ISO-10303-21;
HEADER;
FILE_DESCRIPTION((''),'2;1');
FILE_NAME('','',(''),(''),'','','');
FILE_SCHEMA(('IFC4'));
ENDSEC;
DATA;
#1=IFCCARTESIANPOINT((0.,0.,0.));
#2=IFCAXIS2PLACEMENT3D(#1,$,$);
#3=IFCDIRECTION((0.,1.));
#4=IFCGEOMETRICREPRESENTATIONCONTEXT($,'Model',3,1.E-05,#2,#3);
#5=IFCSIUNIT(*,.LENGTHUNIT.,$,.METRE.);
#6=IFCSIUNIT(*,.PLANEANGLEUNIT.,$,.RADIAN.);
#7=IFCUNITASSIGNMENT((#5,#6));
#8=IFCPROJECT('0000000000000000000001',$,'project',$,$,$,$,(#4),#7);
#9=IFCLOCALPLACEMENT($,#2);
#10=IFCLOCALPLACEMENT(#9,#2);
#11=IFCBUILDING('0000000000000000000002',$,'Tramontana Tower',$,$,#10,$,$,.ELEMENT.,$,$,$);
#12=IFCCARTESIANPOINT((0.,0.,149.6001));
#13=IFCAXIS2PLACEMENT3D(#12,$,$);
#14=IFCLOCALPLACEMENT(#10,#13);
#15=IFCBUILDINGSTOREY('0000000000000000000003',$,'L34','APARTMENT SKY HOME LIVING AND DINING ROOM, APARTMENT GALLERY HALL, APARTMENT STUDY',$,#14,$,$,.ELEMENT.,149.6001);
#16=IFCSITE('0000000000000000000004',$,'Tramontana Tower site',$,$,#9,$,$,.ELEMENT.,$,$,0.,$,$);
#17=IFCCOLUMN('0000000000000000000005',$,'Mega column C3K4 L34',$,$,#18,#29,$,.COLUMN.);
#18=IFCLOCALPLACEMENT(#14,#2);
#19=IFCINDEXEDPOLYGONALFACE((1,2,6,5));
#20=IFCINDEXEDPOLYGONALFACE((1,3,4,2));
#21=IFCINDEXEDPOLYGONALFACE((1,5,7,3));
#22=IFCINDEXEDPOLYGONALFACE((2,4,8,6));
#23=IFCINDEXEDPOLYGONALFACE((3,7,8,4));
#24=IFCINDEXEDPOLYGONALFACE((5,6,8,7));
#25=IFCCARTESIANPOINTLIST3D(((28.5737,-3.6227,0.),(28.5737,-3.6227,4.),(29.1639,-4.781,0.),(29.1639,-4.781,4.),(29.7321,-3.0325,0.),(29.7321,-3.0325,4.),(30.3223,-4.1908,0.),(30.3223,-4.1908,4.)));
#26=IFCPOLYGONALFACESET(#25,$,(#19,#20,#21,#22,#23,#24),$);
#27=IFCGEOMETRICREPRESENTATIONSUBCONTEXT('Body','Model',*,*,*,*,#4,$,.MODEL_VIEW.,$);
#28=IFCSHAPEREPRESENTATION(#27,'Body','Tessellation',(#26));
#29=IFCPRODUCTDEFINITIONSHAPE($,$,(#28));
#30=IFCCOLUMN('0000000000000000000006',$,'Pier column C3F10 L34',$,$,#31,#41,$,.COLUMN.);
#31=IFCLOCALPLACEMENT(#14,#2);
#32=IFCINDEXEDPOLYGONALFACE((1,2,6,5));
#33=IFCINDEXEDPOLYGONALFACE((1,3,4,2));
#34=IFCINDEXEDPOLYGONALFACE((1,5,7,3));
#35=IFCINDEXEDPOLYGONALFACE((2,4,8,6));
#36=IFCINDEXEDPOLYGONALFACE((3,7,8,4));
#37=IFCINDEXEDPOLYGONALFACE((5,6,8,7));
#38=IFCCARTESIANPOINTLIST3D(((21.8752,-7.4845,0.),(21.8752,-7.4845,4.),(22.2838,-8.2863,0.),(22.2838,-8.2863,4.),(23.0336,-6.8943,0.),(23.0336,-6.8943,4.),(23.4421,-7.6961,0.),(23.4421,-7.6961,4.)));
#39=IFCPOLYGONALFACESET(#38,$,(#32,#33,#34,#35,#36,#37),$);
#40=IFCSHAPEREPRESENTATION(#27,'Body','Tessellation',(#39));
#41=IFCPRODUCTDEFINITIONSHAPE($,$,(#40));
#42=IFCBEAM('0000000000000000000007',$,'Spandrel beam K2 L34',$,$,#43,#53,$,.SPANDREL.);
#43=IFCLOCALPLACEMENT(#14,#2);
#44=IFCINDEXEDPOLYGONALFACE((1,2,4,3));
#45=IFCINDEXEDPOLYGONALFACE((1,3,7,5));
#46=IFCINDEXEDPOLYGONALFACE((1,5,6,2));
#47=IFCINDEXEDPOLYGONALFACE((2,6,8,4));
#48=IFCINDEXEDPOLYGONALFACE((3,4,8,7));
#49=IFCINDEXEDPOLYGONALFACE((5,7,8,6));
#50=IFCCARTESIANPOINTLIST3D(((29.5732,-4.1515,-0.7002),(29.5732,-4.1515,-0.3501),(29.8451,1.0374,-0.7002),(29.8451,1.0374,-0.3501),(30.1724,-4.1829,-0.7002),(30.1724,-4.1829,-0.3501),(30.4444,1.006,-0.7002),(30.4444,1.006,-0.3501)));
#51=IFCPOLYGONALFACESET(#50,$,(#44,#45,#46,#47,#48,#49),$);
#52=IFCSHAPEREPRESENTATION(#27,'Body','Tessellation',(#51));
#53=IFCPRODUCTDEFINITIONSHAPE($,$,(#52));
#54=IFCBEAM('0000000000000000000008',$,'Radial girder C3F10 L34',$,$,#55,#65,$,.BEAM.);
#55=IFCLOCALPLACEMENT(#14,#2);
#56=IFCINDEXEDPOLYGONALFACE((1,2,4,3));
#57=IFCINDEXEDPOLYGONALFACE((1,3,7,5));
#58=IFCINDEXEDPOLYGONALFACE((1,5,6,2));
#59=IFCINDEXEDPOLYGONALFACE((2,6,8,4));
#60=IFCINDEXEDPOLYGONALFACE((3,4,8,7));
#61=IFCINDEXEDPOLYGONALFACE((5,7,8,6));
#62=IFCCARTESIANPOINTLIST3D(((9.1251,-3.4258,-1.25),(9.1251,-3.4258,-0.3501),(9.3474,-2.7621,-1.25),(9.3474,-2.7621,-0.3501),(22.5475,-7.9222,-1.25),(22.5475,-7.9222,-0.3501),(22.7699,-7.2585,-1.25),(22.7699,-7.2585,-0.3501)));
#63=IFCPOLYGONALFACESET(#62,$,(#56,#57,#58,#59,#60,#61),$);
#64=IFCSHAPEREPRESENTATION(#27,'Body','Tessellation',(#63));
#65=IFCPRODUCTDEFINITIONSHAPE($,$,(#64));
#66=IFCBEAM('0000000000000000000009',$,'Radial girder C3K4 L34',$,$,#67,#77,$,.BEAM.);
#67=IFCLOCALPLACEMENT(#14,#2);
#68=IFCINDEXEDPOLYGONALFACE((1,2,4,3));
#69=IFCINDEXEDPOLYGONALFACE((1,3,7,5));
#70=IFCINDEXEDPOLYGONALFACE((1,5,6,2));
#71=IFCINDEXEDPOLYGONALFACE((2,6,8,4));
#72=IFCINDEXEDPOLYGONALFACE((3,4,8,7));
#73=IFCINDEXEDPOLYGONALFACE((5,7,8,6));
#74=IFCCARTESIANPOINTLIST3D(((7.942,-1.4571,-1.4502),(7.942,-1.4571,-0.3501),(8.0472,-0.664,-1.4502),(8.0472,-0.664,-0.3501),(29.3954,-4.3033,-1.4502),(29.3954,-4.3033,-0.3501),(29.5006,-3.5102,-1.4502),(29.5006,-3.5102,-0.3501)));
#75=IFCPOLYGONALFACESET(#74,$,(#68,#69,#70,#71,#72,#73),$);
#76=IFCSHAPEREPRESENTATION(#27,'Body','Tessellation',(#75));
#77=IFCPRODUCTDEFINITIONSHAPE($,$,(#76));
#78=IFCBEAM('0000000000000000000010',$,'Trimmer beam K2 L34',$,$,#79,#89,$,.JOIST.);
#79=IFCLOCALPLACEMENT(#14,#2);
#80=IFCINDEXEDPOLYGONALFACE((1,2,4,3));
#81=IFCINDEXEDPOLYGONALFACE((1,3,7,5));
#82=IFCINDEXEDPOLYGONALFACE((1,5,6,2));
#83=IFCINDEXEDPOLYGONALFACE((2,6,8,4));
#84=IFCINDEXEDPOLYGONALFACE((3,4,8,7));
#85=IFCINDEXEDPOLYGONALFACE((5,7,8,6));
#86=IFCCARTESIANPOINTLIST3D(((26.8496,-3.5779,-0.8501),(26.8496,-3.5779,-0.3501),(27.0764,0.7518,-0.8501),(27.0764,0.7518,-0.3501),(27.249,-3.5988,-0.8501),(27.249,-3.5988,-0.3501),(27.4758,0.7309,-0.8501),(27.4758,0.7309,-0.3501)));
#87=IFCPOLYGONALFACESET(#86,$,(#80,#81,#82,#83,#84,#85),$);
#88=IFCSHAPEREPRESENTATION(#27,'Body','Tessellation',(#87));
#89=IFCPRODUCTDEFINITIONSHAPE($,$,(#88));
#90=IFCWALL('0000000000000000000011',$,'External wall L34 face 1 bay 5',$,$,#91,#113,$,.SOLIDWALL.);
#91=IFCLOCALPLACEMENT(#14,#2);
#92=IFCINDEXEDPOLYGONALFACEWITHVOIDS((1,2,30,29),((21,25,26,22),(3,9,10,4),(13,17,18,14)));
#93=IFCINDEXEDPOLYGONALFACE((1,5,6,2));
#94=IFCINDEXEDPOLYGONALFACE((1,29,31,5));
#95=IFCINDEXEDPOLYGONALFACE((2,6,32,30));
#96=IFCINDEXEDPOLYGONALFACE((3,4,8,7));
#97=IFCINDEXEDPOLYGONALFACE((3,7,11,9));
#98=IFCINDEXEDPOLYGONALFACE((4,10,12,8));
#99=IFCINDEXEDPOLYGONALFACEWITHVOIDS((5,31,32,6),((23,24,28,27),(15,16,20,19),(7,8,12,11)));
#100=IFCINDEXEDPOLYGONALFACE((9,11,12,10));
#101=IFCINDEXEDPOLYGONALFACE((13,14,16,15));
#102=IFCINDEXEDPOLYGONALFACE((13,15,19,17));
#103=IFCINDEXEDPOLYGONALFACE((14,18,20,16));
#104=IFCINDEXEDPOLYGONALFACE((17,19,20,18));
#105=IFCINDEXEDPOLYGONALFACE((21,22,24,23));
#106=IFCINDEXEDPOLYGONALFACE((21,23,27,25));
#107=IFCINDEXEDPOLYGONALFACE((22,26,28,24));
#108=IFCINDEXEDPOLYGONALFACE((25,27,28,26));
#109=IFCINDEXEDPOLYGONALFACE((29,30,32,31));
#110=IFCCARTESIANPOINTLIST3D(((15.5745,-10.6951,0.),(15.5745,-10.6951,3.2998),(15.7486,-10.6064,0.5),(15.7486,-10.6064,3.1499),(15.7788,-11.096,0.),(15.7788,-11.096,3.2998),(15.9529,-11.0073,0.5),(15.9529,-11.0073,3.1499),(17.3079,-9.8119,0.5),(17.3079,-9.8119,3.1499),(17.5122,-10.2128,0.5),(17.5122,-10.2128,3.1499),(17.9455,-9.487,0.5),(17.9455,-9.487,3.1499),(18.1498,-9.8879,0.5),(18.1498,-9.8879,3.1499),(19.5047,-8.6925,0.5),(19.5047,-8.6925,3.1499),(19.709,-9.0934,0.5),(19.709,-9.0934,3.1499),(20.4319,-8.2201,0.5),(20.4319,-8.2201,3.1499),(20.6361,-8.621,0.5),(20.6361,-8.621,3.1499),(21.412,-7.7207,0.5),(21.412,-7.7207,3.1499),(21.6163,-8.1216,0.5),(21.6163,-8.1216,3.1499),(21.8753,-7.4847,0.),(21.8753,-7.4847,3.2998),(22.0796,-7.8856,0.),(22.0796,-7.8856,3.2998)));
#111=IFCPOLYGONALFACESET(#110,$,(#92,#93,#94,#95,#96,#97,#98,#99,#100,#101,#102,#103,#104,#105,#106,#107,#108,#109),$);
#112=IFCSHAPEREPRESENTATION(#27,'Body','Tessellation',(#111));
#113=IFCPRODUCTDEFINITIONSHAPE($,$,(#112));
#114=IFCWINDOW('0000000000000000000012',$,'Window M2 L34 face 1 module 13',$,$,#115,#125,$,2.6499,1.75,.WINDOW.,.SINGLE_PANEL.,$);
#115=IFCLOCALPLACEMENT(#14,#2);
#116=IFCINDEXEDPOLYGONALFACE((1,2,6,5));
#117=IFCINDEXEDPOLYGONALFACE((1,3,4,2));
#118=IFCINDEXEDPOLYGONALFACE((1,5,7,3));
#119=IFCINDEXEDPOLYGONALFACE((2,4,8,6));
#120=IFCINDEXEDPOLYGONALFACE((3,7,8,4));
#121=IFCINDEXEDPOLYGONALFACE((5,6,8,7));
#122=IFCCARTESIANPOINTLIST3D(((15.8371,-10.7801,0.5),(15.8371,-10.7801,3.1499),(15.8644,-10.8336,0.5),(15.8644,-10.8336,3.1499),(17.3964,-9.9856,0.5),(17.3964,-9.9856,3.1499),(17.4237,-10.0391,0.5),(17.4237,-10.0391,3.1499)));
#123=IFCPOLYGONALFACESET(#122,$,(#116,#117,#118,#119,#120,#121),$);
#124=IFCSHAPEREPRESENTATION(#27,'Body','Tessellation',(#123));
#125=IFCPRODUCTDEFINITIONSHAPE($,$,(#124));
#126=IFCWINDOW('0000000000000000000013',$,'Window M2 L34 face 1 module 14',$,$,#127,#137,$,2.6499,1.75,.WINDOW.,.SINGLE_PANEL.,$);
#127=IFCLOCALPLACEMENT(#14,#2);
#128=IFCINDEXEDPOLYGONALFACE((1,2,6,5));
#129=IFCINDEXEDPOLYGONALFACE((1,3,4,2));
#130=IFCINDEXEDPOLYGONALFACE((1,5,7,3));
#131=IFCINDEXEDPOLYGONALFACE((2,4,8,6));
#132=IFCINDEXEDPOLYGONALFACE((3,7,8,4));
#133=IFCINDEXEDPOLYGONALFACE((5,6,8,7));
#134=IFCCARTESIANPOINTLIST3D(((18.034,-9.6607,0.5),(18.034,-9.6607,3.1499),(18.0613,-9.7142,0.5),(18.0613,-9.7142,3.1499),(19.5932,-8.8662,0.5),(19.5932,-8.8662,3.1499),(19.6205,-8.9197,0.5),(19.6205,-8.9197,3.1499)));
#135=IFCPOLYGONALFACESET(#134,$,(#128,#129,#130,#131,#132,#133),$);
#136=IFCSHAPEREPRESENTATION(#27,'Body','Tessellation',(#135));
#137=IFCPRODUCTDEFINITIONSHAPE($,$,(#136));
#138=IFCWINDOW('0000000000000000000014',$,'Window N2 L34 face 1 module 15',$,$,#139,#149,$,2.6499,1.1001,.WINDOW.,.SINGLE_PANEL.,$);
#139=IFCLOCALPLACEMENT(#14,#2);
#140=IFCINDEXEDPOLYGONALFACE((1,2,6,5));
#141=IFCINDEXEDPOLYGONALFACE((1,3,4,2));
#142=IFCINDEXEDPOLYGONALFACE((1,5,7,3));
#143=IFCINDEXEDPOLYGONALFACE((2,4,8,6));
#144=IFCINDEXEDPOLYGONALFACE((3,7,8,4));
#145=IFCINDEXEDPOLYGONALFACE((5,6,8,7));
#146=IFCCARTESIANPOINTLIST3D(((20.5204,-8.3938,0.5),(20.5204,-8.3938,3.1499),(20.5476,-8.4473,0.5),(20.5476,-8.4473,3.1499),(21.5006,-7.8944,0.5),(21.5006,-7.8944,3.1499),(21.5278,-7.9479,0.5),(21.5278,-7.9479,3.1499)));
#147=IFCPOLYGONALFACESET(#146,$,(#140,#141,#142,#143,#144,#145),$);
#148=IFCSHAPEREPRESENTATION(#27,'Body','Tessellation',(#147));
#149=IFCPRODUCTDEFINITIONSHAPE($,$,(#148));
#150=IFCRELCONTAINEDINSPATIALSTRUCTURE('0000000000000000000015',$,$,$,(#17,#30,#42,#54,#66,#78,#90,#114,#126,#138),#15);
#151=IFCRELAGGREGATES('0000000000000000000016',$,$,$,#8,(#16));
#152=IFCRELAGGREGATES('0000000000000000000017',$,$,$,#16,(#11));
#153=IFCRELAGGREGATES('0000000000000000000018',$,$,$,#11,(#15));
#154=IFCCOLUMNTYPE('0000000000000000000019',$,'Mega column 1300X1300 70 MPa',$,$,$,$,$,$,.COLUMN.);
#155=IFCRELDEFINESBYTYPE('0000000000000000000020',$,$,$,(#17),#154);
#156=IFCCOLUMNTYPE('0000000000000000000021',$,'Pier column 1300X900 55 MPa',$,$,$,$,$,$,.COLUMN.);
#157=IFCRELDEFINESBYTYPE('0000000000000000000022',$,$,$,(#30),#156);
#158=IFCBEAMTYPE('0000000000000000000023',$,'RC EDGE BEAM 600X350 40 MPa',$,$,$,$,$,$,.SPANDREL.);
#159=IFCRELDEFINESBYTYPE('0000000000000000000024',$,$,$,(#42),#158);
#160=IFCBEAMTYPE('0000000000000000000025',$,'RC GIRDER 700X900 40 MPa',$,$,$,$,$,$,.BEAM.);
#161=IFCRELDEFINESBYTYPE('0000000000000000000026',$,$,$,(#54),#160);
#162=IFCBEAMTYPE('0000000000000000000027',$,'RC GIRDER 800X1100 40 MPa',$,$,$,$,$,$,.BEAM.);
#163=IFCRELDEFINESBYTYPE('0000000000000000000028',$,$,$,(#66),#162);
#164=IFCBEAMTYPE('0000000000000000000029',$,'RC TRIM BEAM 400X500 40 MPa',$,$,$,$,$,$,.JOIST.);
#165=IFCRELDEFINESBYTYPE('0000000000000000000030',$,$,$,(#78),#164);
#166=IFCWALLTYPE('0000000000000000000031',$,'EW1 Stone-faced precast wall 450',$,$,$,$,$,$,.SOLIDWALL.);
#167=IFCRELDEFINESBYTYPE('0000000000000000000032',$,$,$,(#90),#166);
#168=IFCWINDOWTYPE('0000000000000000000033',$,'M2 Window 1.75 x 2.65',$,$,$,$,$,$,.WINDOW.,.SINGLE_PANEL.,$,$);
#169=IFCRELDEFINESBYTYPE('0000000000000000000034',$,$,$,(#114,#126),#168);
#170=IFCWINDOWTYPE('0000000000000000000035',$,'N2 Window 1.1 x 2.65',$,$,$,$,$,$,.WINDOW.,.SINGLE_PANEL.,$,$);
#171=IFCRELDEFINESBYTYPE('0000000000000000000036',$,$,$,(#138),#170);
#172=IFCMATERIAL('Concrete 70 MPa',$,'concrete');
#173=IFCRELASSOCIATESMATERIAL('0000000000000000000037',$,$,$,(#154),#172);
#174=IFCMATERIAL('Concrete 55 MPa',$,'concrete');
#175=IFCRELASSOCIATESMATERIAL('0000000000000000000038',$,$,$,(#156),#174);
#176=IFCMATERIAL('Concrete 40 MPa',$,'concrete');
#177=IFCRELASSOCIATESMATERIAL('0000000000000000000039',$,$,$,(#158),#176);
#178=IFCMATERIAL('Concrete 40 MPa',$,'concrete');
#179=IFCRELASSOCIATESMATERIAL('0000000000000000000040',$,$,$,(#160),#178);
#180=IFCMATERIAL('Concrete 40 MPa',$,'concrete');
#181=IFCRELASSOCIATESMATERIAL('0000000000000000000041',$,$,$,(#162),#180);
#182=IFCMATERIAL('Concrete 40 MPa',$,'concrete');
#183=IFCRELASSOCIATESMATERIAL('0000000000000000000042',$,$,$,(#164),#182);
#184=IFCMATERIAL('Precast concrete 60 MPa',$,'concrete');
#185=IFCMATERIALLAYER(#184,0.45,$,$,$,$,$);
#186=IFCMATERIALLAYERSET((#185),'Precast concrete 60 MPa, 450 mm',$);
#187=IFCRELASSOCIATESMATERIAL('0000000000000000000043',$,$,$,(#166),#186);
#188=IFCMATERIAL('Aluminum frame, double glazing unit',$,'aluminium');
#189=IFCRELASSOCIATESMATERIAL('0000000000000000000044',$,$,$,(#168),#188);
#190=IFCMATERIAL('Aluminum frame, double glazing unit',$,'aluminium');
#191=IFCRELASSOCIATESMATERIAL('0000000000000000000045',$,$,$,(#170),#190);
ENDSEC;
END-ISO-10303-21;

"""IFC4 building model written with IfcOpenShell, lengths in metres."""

from ifc_helpers import new_model, si_unit, direction, frame, frame_2d, origin, origin_2d, place, context, subcontext, project, spatial, rectangle, extrude, material, layer, layer_set, material_profile, profile_set, type_object, element, fill, save


model = new_model("IFC4")

# Units and contexts
model_context = context("Model", 3, precision=1e-05, world=origin(), true_north=direction((0.0, 1.0)))
body_context = subcontext(model_context, "Body", "Model", "MODEL_VIEW")
ifc_project = project(units=[si_unit("LENGTHUNIT", "METRE"), si_unit("PLANEANGLEUNIT", "RADIAN")], contexts=[model_context])

# Site, building, storey
site_placement = place(None, origin())
site = spatial("IfcSite", under=ifc_project, at=site_placement, Name="Tramontana Tower site", CompositionType="ELEMENT", RefElevation=0.0)
building_placement = place(site_placement, origin())
building = spatial("IfcBuilding", under=site, at=building_placement, Name="Tramontana Tower", CompositionType="ELEMENT")
storey_placement = place(building_placement, frame((0.0, 0.0, 149.6001)))
storey = spatial("IfcBuildingStorey", under=building, at=storey_placement, Name="L34", Description="APARTMENT SKY HOME LIVING AND DINING ROOM, APARTMENT GALLERY HALL, APARTMENT STUDY", CompositionType="ELEMENT", Elevation=149.6001)

# Columns
ifc_material_1 = material(Name="Concrete 70 MPa", Category="concrete")
ifc_material_profile_1 = material_profile(ifc_material_1, rectangle(XDim=1.3, YDim=1.3, at=origin_2d()), Name="Mega column 1300X1300 70 MPa")
ifc_profile_set_1 = profile_set([ifc_material_profile_1], Name="Concrete 70 MPa")
column_type_1 = type_object("IfcColumnType", Name="Mega column 1300X1300 70 MPa", PredefinedType="COLUMN", material=ifc_profile_set_1)
column_1_placement = place(storey_placement, frame((29.448, -3.9067, 0.0), z_axis=(0.0, 0.0, 1.0), x_axis=(0.891007, 0.45399, 0.0)))
element("IfcColumn", 1, at=column_1_placement, inside=storey, type_object=column_type_1, Name="Mega column C3K4 L34", PredefinedType="COLUMN", context=body_context, shape_type="SweptSolid", body=[
    extrude(rectangle(XDim=1.3, YDim=1.3, at=origin_2d()), origin(), (0.0, 0.0, 1.0), 4.0),
])
ifc_material_2 = material(Name="Concrete 55 MPa", Category="concrete")
ifc_material_profile_2 = material_profile(ifc_material_2, rectangle(XDim=1.3, YDim=0.8999, at=origin_2d()), Name="Pier column 1300X900 55 MPa")
ifc_profile_set_2 = profile_set([ifc_material_profile_2], Name="Concrete 55 MPa")
column_type_2 = type_object("IfcColumnType", Name="Pier column 1300X900 55 MPa", PredefinedType="COLUMN", material=ifc_profile_set_2)
column_2_placement = place(storey_placement, frame((22.6587, -7.5903, 0.0), z_axis=(0.0, 0.0, 1.0), x_axis=(0.891007, 0.45399, 0.0)))
element("IfcColumn", 2, at=column_2_placement, inside=storey, type_object=column_type_2, Name="Pier column C3F10 L34", PredefinedType="COLUMN", context=body_context, shape_type="SweptSolid", body=[
    extrude(rectangle(XDim=1.3, YDim=0.8999, at=origin_2d()), origin(), (0.0, 0.0, 1.0), 4.0),
])

# Beams
ifc_material_3 = material(Name="Concrete 40 MPa", Category="concrete")
ifc_material_profile_3 = material_profile(ifc_material_3, rectangle(XDim=0.6001, YDim=0.3501, at=origin_2d()), Name="RC EDGE BEAM 600X350 40 MPa")
ifc_profile_set_3 = profile_set([ifc_material_profile_3], Name="Concrete 40 MPa")
beam_type_1 = type_object("IfcBeamType", Name="RC EDGE BEAM 600X350 40 MPa", PredefinedType="SPANDREL", material=ifc_profile_set_3)
beam_1_placement = place(storey_placement, frame((29.8728, -4.1672, -0.5251), z_axis=(0.052342, 0.998629, 0.0), x_axis=(-0.998629, 0.052342, 0.0)))
element("IfcBeam", 3, at=beam_1_placement, inside=storey, type_object=beam_type_1, Name="Spandrel beam K2 L34", PredefinedType="SPANDREL", context=body_context, shape_type="SweptSolid", body=[
    extrude(rectangle(XDim=0.6001, YDim=0.3501, at=origin_2d()), origin(), (0.0, 0.0, 1.0), 5.196),
])
ifc_material_4 = material(Name="Concrete 40 MPa", Category="concrete")
ifc_material_profile_4 = material_profile(ifc_material_4, rectangle(XDim=0.7, YDim=0.8999, at=origin_2d()), Name="RC GIRDER 700X900 40 MPa")
ifc_profile_set_4 = profile_set([ifc_material_profile_4], Name="Concrete 40 MPa")
beam_type_2 = type_object("IfcBeamType", Name="RC GIRDER 700X900 40 MPa", PredefinedType="BEAM", material=ifc_profile_set_4)
beam_2_placement = place(storey_placement, frame((22.6587, -7.5903, -0.8), z_axis=(-0.948211, 0.31764, 0.0), x_axis=(-0.31764, -0.948211, 0.0)))
element("IfcBeam", 4, at=beam_2_placement, inside=storey, type_object=beam_type_2, Name="Radial girder C3F10 L34", PredefinedType="BEAM", context=body_context, shape_type="SweptSolid", body=[
    extrude(rectangle(XDim=0.7, YDim=0.8999, at=origin_2d()), origin(), (0.0, 0.0, 1.0), 14.1555),
])
ifc_material_5 = material(Name="Concrete 40 MPa", Category="concrete")
ifc_material_profile_5 = material_profile(ifc_material_5, rectangle(XDim=0.8, YDim=1.1001, at=origin_2d()), Name="RC GIRDER 800X1100 40 MPa")
ifc_profile_set_5 = profile_set([ifc_material_profile_5], Name="Concrete 40 MPa")
beam_type_3 = type_object("IfcBeamType", Name="RC GIRDER 800X1100 40 MPa", PredefinedType="BEAM", material=ifc_profile_set_5)
beam_3_placement = place(storey_placement, frame((29.448, -3.9067, -0.9001), z_axis=(-0.991314, 0.131516, 0.0), x_axis=(-0.131516, -0.991314, 0.0)))
element("IfcBeam", 5, at=beam_3_placement, inside=storey, type_object=beam_type_3, Name="Radial girder C3K4 L34", PredefinedType="BEAM", context=body_context, shape_type="SweptSolid", body=[
    extrude(rectangle(XDim=0.8, YDim=1.1001, at=origin_2d()), origin(), (0.0, 0.0, 1.0), 21.6414),
])
ifc_material_6 = material(Name="Concrete 40 MPa", Category="concrete")
ifc_material_profile_6 = material_profile(ifc_material_6, rectangle(XDim=0.3999, YDim=0.5, at=origin_2d()), Name="RC TRIM BEAM 400X500 40 MPa")
ifc_profile_set_6 = profile_set([ifc_material_profile_6], Name="Concrete 40 MPa")
beam_type_4 = type_object("IfcBeamType", Name="RC TRIM BEAM 400X500 40 MPa", PredefinedType="JOIST", material=ifc_profile_set_6)
beam_4_placement = place(storey_placement, frame((27.0493, -3.5884, -0.6001), z_axis=(0.052311, 0.998631, 0.0), x_axis=(-0.998631, 0.052311, 0.0)))
element("IfcBeam", 6, at=beam_4_placement, inside=storey, type_object=beam_type_4, Name="Trimmer beam K2 L34", PredefinedType="JOIST", context=body_context, shape_type="SweptSolid", body=[
    extrude(rectangle(XDim=0.3999, YDim=0.5, at=origin_2d()), origin(), (0.0, 0.0, 1.0), 4.3357),
])

# Wall, openings, windows
ifc_material_7 = material(Name="Precast concrete 60 MPa", Category="concrete")
ifc_layer_1 = layer(ifc_material_7, 0.45)
ifc_layer_set_1 = layer_set([ifc_layer_1], Name="Precast concrete 60 MPa, 450 mm")
wall_type_1 = type_object("IfcWallType", Name="EW1 Stone-faced precast wall 450", PredefinedType="SOLIDWALL", material=ifc_layer_set_1)
wall_1_placement = place(storey_placement, frame((15.6768, -10.8955, 0.0), z_axis=(0.0, 0.0, 1.0), x_axis=(0.891004, 0.453995, 0.0)))
wall_1 = element("IfcWall", 7, at=wall_1_placement, inside=storey, type_object=wall_type_1, Name="External wall L34 face 1 bay 5", PredefinedType="SOLIDWALL", context=body_context, shape_type="SweptSolid", body=[
    extrude(rectangle(XDim=7.0715, YDim=0.45, at=frame_2d((3.5356, 0.0))), origin(), (0.0, 0.0, 1.0), 3.2998),
])
opening_1_placement = place(wall_1_placement, frame((0.1953, 0.0, 0.5)))
opening_1 = element("IfcOpeningElement", 8, at=opening_1_placement, cuts=wall_1, PredefinedType="OPENING", context=body_context, shape_type="SweptSolid", body=[
    extrude(rectangle(XDim=1.75, YDim=2.6499, at=frame_2d((0.875, 1.325))), frame((0.0, 0.2349, 0.0), z_axis=(0.0, -1.0, 0.0), x_axis=(1.0, 0.0, 0.0)), (0.0, 0.0, 1.0), 0.47),
])
opening_2_placement = place(wall_1_placement, frame((2.6609, 0.0, 0.5)))
opening_2 = element("IfcOpeningElement", 9, at=opening_2_placement, cuts=wall_1, PredefinedType="OPENING", context=body_context, shape_type="SweptSolid", body=[
    extrude(rectangle(XDim=1.75, YDim=2.6499, at=frame_2d((0.875, 1.325))), frame((0.0, 0.2349, 0.0), z_axis=(0.0, -1.0, 0.0), x_axis=(1.0, 0.0, 0.0)), (0.0, 0.0, 1.0), 0.47),
])
opening_3_placement = place(wall_1_placement, frame((5.4514, 0.0, 0.5)))
opening_3 = element("IfcOpeningElement", 10, at=opening_3_placement, cuts=wall_1, PredefinedType="OPENING", context=body_context, shape_type="SweptSolid", body=[
    extrude(rectangle(XDim=1.1001, YDim=2.6499, at=frame_2d((0.55, 1.325))), frame((0.0, 0.2349, 0.0), z_axis=(0.0, -1.0, 0.0), x_axis=(1.0, 0.0, 0.0)), (0.0, 0.0, 1.0), 0.47),
])
ifc_material_8 = material(Name="Aluminum frame, double glazing unit", Category="aluminium")
window_type_1 = type_object("IfcWindowType", Name="M2 Window 1.75 x 2.65", PartitioningType="SINGLE_PANEL", PredefinedType="WINDOW", material=ifc_material_8)
window_1_placement = place(opening_1_placement, origin())
window_1 = element("IfcWindow", 11, at=window_1_placement, inside=storey, type_object=window_type_1, Name="Window M2 L34 face 1 module 13", OverallHeight=2.6499, OverallWidth=1.75, PartitioningType="SINGLE_PANEL", PredefinedType="WINDOW", context=body_context, shape_type="SweptSolid", body=[
    extrude(rectangle(XDim=1.75, YDim=2.6499, at=frame_2d((0.875, 1.325))), frame((0.0, 0.03, 0.0), z_axis=(0.0, -1.0, 0.0), x_axis=(1.0, 0.0, 0.0)), (0.0, 0.0, 1.0), 0.0601),
])
fill(opening_1, window_1)
window_2_placement = place(opening_2_placement, origin())
window_2 = element("IfcWindow", 12, at=window_2_placement, inside=storey, type_object=window_type_1, Name="Window M2 L34 face 1 module 14", OverallHeight=2.6499, OverallWidth=1.75, PartitioningType="SINGLE_PANEL", PredefinedType="WINDOW", context=body_context, shape_type="SweptSolid", body=[
    extrude(rectangle(XDim=1.75, YDim=2.6499, at=frame_2d((0.875, 1.325))), frame((0.0, 0.03, 0.0), z_axis=(0.0, -1.0, 0.0), x_axis=(1.0, 0.0, 0.0)), (0.0, 0.0, 1.0), 0.0601),
])
fill(opening_2, window_2)
ifc_material_9 = material(Name="Aluminum frame, double glazing unit", Category="aluminium")
window_type_2 = type_object("IfcWindowType", Name="N2 Window 1.1 x 2.65", PartitioningType="SINGLE_PANEL", PredefinedType="WINDOW", material=ifc_material_9)
window_3_placement = place(opening_3_placement, origin())
window_3 = element("IfcWindow", 13, at=window_3_placement, inside=storey, type_object=window_type_2, Name="Window N2 L34 face 1 module 15", OverallHeight=2.6499, OverallWidth=1.1001, PartitioningType="SINGLE_PANEL", PredefinedType="WINDOW", context=body_context, shape_type="SweptSolid", body=[
    extrude(rectangle(XDim=1.1001, YDim=2.6499, at=frame_2d((0.55, 1.325))), frame((0.0, 0.03, 0.0), z_axis=(0.0, -1.0, 0.0), x_axis=(1.0, 0.0, 0.0)), (0.0, 0.0, 1.0), 0.0601),
])
fill(opening_3, window_3)

save(model, "model.ifc")
